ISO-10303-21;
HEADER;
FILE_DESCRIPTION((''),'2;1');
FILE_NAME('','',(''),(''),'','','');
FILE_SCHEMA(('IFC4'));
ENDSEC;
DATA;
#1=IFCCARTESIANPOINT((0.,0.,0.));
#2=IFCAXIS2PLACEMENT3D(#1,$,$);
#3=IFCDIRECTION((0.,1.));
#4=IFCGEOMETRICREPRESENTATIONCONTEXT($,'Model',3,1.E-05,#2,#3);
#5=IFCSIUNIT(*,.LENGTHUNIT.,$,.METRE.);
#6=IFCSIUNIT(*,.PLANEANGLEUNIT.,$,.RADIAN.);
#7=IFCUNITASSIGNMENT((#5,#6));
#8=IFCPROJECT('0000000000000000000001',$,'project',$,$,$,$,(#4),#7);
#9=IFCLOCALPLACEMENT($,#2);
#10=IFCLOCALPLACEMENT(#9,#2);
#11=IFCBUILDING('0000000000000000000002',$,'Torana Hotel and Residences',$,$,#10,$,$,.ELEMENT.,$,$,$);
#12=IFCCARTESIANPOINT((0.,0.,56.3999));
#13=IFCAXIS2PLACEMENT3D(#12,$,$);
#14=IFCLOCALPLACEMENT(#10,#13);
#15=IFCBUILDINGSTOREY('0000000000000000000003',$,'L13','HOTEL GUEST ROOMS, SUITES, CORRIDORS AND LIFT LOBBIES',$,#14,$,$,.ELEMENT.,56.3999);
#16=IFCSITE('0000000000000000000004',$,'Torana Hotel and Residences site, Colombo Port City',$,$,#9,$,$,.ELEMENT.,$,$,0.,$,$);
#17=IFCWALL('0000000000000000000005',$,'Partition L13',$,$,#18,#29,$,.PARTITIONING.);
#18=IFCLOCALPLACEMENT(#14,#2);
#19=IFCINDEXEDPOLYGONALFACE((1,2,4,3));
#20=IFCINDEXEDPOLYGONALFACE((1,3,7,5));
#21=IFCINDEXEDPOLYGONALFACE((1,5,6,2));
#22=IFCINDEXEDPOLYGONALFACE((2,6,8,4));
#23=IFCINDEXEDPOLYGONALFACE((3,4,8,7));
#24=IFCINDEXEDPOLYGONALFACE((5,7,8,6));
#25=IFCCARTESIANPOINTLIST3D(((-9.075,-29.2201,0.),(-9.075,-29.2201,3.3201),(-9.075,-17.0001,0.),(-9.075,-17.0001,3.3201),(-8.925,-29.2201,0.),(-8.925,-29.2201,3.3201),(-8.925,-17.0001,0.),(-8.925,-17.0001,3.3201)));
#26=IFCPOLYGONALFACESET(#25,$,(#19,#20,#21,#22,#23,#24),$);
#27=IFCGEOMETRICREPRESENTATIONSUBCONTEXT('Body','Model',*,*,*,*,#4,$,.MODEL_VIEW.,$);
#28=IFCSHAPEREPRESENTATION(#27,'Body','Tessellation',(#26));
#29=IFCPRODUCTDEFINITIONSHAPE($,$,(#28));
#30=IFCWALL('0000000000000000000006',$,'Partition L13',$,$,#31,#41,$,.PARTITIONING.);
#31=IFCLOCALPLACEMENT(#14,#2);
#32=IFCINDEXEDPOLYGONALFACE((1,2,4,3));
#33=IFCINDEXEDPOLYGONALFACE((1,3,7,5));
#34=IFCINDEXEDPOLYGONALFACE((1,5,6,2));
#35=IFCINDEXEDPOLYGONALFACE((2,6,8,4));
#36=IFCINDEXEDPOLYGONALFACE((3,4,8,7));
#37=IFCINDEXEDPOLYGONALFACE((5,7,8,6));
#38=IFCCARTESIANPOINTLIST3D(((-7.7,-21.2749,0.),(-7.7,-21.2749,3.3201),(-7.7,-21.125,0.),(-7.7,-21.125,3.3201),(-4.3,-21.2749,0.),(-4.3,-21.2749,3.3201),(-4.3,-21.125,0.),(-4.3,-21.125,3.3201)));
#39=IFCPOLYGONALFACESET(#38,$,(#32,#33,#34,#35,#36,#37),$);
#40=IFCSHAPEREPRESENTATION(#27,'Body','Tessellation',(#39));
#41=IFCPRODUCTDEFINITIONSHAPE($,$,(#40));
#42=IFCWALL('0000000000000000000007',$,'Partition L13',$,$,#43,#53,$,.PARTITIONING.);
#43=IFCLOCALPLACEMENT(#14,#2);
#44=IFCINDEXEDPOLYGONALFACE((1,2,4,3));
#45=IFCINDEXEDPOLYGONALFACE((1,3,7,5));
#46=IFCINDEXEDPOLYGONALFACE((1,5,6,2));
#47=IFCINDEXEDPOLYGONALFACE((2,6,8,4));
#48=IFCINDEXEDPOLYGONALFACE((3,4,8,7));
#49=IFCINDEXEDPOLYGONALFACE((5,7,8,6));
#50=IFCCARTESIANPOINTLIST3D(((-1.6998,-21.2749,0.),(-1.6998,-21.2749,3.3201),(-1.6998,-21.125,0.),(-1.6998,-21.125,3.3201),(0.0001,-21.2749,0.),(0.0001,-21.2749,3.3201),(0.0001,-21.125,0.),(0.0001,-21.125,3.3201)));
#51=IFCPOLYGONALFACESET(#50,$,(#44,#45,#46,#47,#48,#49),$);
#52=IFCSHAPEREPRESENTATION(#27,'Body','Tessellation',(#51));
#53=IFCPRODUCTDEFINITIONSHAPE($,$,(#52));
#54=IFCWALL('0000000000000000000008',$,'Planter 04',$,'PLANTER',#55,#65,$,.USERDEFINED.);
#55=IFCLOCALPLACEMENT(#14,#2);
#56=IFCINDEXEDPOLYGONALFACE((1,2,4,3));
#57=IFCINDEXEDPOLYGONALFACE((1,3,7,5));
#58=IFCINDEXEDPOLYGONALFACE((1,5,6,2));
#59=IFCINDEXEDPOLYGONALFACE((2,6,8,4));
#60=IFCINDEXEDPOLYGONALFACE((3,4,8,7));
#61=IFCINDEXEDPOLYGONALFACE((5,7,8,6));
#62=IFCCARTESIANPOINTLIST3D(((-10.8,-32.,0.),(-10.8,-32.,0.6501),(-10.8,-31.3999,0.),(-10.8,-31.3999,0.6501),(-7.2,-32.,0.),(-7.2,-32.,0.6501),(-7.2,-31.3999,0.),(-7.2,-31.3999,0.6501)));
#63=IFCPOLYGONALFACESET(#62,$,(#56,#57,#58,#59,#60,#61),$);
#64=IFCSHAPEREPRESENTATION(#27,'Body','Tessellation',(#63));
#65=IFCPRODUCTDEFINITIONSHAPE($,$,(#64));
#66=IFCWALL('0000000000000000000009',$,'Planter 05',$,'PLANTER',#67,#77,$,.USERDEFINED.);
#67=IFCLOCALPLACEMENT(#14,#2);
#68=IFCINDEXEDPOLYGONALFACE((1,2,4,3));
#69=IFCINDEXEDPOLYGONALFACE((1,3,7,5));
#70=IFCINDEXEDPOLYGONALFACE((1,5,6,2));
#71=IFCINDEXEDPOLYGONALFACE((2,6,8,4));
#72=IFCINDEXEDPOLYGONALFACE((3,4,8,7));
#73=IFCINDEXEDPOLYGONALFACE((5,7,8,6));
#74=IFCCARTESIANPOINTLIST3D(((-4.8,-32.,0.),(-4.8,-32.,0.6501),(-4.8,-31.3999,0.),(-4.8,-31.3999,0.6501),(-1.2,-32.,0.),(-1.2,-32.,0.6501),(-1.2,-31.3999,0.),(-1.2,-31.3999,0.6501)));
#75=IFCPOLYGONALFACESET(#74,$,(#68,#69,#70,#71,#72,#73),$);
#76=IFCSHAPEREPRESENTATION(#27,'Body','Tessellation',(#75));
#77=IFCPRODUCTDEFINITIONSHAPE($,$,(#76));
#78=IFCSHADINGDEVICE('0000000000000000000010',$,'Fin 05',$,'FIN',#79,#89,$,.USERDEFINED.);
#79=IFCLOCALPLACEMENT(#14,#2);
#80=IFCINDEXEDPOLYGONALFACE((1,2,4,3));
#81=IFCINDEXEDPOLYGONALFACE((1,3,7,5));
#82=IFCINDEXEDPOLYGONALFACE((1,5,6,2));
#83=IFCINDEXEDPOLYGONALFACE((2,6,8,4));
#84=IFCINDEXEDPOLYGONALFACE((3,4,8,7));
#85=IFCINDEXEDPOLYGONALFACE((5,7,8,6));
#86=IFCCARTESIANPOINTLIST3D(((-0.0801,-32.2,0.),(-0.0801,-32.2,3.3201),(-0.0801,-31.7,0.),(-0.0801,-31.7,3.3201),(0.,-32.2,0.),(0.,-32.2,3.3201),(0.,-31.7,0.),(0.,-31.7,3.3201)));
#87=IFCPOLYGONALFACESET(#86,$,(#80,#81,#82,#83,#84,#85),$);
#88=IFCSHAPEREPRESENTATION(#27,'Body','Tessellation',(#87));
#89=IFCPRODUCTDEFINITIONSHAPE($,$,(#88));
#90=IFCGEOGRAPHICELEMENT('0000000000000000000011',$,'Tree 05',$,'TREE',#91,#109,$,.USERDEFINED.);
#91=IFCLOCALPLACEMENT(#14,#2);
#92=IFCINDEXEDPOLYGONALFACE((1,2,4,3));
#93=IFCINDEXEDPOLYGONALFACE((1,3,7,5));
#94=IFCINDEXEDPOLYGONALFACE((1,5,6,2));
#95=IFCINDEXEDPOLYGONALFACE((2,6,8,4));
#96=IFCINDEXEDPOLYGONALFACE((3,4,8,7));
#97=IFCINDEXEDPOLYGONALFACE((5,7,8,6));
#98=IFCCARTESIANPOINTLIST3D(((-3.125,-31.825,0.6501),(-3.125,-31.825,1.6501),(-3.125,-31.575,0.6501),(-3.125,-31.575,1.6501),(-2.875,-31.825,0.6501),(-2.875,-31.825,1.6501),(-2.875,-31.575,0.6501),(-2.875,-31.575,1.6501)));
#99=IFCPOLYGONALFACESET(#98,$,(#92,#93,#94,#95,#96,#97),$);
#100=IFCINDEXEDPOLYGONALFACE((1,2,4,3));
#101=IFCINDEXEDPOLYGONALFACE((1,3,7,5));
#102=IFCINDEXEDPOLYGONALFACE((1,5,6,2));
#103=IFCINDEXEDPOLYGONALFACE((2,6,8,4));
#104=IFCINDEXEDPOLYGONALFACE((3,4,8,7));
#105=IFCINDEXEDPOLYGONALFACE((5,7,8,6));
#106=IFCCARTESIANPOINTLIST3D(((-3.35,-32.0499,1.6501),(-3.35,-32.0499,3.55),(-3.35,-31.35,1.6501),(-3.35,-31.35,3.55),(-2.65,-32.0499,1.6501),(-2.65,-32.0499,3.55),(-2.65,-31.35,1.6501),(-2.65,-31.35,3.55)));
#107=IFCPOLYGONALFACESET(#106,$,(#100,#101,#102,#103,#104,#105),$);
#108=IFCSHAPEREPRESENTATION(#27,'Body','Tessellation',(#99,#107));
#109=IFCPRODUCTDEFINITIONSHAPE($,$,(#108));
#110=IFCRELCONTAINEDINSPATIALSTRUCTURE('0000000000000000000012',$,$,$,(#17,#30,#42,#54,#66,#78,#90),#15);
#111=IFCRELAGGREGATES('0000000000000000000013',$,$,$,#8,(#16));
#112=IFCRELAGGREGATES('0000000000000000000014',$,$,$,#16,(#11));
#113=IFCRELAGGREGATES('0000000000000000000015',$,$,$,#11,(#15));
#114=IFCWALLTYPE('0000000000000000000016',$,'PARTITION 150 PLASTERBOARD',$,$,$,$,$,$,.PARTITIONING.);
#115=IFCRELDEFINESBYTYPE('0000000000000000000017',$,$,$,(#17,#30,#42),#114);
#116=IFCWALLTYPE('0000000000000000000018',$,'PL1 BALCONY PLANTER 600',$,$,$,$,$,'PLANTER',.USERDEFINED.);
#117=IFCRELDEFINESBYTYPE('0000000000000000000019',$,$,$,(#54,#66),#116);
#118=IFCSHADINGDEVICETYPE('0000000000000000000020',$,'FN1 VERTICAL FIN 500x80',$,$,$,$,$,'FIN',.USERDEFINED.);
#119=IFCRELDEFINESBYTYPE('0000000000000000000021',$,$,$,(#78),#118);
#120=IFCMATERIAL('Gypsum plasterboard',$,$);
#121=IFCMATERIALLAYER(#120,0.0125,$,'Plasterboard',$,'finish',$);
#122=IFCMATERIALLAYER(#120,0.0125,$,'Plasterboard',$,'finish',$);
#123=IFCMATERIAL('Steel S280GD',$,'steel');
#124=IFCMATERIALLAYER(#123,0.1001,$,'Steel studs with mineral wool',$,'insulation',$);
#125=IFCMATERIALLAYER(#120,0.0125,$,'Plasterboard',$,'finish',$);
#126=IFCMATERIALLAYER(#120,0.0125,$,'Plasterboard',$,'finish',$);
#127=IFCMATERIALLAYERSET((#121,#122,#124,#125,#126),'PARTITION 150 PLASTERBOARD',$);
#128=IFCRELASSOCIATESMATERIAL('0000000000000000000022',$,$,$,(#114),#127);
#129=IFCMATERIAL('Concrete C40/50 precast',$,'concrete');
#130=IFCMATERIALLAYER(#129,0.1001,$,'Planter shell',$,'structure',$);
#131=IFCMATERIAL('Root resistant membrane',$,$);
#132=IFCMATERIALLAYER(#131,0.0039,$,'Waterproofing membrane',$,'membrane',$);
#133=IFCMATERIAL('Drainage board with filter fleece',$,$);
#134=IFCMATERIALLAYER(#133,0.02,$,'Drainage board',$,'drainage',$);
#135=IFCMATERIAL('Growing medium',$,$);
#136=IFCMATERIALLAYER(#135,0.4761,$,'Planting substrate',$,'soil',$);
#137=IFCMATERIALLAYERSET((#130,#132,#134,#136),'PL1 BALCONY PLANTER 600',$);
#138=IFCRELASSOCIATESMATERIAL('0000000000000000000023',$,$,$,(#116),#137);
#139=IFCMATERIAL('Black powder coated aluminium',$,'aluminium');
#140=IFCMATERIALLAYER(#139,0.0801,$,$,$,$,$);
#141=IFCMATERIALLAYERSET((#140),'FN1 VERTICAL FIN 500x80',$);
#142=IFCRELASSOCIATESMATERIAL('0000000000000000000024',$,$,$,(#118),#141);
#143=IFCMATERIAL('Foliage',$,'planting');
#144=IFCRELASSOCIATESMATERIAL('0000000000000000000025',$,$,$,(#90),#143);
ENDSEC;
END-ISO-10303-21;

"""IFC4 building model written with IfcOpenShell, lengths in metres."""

from ifc_helpers import new_model, si_unit, direction, frame, frame_2d, origin, origin_2d, place, context, subcontext, project, spatial, rectangle, extrude, material, layer, layer_set, type_object, element, save


model = new_model("IFC4")

# Units and contexts
model_context = context("Model", 3, precision=1e-05, world=origin(), true_north=direction((0.0, 1.0)))
body_context = subcontext(model_context, "Body", "Model", "MODEL_VIEW")
ifc_project = project(units=[si_unit("LENGTHUNIT", "METRE"), si_unit("PLANEANGLEUNIT", "RADIAN")], contexts=[model_context])

# Site, building, storey
site_placement = place(None, origin())
site = spatial("IfcSite", under=ifc_project, at=site_placement, Name="Torana Hotel and Residences site, Colombo Port City", CompositionType="ELEMENT", RefElevation=0.0)
building_placement = place(site_placement, origin())
building = spatial("IfcBuilding", under=site, at=building_placement, Name="Torana Hotel and Residences", CompositionType="ELEMENT")
storey_placement = place(building_placement, frame((0.0, 0.0, 56.3999)))
storey = spatial("IfcBuildingStorey", under=building, at=storey_placement, Name="L13", Description="HOTEL GUEST ROOMS, SUITES, CORRIDORS AND LIFT LOBBIES", CompositionType="ELEMENT", Elevation=56.3999)

# Shared definitions
ifc_material_1 = material(Name="Gypsum plasterboard")
ifc_layer_1 = layer(ifc_material_1, 0.0125, Name="Plasterboard", Category="finish")
ifc_layer_2 = layer(ifc_material_1, 0.0125, Name="Plasterboard", Category="finish")
ifc_material_2 = material(Name="Steel S280GD", Category="steel")
ifc_layer_3 = layer(ifc_material_2, 0.1001, Name="Steel studs with mineral wool", Category="insulation")
ifc_layer_4 = layer(ifc_material_1, 0.0125, Name="Plasterboard", Category="finish")
ifc_layer_5 = layer(ifc_material_1, 0.0125, Name="Plasterboard", Category="finish")
ifc_layer_set_1 = layer_set([ifc_layer_1, ifc_layer_2, ifc_layer_3, ifc_layer_4, ifc_layer_5], Name="PARTITION 150 PLASTERBOARD")
wall_type_1 = type_object("IfcWallType", Name="PARTITION 150 PLASTERBOARD", PredefinedType="PARTITIONING", material=ifc_layer_set_1)

# Walls
wall_1_placement = place(storey_placement, frame((-9.0, -29.22, 0.0), z_axis=(0.0, 0.0, 1.0), x_axis=(0.0, 1.0, 0.0)))
element("IfcWall", 1, at=wall_1_placement, inside=storey, type_object=wall_type_1, Name="Partition L13", PredefinedType="PARTITIONING", context=body_context, shape_type="SweptSolid", body=[
    extrude(rectangle(XDim=12.22, YDim=0.1499, at=frame_2d((6.1099, 0.0))), origin(), (0.0, 0.0, 1.0), 3.3201),
])
wall_2_placement = place(storey_placement, frame((-7.7, -21.2, 0.0), z_axis=(0.0, 0.0, 1.0), x_axis=(1.0, 0.0, 0.0)))
element("IfcWall", 2, at=wall_2_placement, inside=storey, type_object=wall_type_1, Name="Partition L13", PredefinedType="PARTITIONING", context=body_context, shape_type="SweptSolid", body=[
    extrude(rectangle(XDim=3.3999, YDim=0.1499, at=frame_2d((1.7, 0.0))), origin(), (0.0, 0.0, 1.0), 3.3201),
])
wall_3_placement = place(storey_placement, frame((-1.7, -21.2, 0.0), z_axis=(0.0, 0.0, 1.0), x_axis=(1.0, 0.0, 0.0)))
element("IfcWall", 3, at=wall_3_placement, inside=storey, type_object=wall_type_1, Name="Partition L13", PredefinedType="PARTITIONING", context=body_context, shape_type="SweptSolid", body=[
    extrude(rectangle(XDim=1.7, YDim=0.1499, at=frame_2d((0.8501, 0.0))), origin(), (0.0, 0.0, 1.0), 3.3201),
])
ifc_material_3 = material(Name="Concrete C40/50 precast", Category="concrete")
ifc_layer_6 = layer(ifc_material_3, 0.1001, Name="Planter shell", Category="structure")
ifc_material_4 = material(Name="Root resistant membrane")
ifc_layer_7 = layer(ifc_material_4, 0.0039, Name="Waterproofing membrane", Category="membrane")
ifc_material_5 = material(Name="Drainage board with filter fleece")
ifc_layer_8 = layer(ifc_material_5, 0.02, Name="Drainage board", Category="drainage")
ifc_material_6 = material(Name="Growing medium")
ifc_layer_9 = layer(ifc_material_6, 0.4761, Name="Planting substrate", Category="soil")
ifc_layer_set_2 = layer_set([ifc_layer_6, ifc_layer_7, ifc_layer_8, ifc_layer_9], Name="PL1 BALCONY PLANTER 600")
wall_type_2 = type_object("IfcWallType", Name="PL1 BALCONY PLANTER 600", ElementType="PLANTER", PredefinedType="USERDEFINED", material=ifc_layer_set_2)
for number, where, z_axis, x_axis, name in (
    (4, (-7.2, -31.7, 0.0), (0.0, 0.0, 1.0), (-1.0, 0.0, 0.0), "Planter 04"),
    (5, (-1.2, -31.7, 0.0), (0.0, 0.0, 1.0), (-1.0, 0.0, 0.0), "Planter 05"),
):
    element("IfcWall", number, at=place(storey_placement, frame(where, z_axis=z_axis, x_axis=x_axis)), inside=storey, type_object=wall_type_2, Name=name, ObjectType="PLANTER", PredefinedType="USERDEFINED", context=body_context, shape_type="SweptSolid", body=[
        extrude(rectangle(XDim=3.6001, YDim=0.6001, at=frame_2d((1.8, 0.0))), origin(), (0.0, 0.0, 1.0), 0.6501),
    ])

# Shading device
ifc_material_7 = material(Name="Black powder coated aluminium", Category="aluminium")
ifc_layer_10 = layer(ifc_material_7, 0.0801)
ifc_layer_set_3 = layer_set([ifc_layer_10], Name="FN1 VERTICAL FIN 500x80")
shading_device_type = type_object("IfcShadingDeviceType", Name="FN1 VERTICAL FIN 500x80", ElementType="FIN", PredefinedType="USERDEFINED", material=ifc_layer_set_3)
shading_device_placement = place(storey_placement, frame((-0.04, -31.95, 0.0), z_axis=(0.0, 0.0, 1.0), x_axis=(-1.0, 0.0, 0.0)))
element("IfcShadingDevice", 6, at=shading_device_placement, inside=storey, type_object=shading_device_type, Name="Fin 05", ObjectType="FIN", PredefinedType="USERDEFINED", context=body_context, shape_type="SweptSolid", body=[
    extrude(rectangle(XDim=0.0801, YDim=0.5, at=origin_2d()), origin(), (0.0, 0.0, 1.0), 3.3201),
])

# Geographic element
ifc_material_8 = material(Name="Foliage", Category="planting")
geographic_element_placement = place(storey_placement, frame((-3.0, -31.7, 0.6501), z_axis=(0.0, 0.0, 1.0), x_axis=(1.0, 0.0, 0.0)))
element("IfcGeographicElement", 7, at=geographic_element_placement, inside=storey, material=ifc_material_8, Name="Tree 05", ObjectType="TREE", PredefinedType="USERDEFINED", context=body_context, shape_type="SweptSolid", body=[
    extrude(rectangle(XDim=0.25, YDim=0.25, at=origin_2d()), origin(), (0.0, 0.0, 1.0), 1.0),
    extrude(rectangle(XDim=0.7, YDim=0.7, at=origin_2d()), frame((0.0, 0.0, 1.0)), (0.0, 0.0, 1.0), 1.8999),
])

save(model, "model.ifc")
